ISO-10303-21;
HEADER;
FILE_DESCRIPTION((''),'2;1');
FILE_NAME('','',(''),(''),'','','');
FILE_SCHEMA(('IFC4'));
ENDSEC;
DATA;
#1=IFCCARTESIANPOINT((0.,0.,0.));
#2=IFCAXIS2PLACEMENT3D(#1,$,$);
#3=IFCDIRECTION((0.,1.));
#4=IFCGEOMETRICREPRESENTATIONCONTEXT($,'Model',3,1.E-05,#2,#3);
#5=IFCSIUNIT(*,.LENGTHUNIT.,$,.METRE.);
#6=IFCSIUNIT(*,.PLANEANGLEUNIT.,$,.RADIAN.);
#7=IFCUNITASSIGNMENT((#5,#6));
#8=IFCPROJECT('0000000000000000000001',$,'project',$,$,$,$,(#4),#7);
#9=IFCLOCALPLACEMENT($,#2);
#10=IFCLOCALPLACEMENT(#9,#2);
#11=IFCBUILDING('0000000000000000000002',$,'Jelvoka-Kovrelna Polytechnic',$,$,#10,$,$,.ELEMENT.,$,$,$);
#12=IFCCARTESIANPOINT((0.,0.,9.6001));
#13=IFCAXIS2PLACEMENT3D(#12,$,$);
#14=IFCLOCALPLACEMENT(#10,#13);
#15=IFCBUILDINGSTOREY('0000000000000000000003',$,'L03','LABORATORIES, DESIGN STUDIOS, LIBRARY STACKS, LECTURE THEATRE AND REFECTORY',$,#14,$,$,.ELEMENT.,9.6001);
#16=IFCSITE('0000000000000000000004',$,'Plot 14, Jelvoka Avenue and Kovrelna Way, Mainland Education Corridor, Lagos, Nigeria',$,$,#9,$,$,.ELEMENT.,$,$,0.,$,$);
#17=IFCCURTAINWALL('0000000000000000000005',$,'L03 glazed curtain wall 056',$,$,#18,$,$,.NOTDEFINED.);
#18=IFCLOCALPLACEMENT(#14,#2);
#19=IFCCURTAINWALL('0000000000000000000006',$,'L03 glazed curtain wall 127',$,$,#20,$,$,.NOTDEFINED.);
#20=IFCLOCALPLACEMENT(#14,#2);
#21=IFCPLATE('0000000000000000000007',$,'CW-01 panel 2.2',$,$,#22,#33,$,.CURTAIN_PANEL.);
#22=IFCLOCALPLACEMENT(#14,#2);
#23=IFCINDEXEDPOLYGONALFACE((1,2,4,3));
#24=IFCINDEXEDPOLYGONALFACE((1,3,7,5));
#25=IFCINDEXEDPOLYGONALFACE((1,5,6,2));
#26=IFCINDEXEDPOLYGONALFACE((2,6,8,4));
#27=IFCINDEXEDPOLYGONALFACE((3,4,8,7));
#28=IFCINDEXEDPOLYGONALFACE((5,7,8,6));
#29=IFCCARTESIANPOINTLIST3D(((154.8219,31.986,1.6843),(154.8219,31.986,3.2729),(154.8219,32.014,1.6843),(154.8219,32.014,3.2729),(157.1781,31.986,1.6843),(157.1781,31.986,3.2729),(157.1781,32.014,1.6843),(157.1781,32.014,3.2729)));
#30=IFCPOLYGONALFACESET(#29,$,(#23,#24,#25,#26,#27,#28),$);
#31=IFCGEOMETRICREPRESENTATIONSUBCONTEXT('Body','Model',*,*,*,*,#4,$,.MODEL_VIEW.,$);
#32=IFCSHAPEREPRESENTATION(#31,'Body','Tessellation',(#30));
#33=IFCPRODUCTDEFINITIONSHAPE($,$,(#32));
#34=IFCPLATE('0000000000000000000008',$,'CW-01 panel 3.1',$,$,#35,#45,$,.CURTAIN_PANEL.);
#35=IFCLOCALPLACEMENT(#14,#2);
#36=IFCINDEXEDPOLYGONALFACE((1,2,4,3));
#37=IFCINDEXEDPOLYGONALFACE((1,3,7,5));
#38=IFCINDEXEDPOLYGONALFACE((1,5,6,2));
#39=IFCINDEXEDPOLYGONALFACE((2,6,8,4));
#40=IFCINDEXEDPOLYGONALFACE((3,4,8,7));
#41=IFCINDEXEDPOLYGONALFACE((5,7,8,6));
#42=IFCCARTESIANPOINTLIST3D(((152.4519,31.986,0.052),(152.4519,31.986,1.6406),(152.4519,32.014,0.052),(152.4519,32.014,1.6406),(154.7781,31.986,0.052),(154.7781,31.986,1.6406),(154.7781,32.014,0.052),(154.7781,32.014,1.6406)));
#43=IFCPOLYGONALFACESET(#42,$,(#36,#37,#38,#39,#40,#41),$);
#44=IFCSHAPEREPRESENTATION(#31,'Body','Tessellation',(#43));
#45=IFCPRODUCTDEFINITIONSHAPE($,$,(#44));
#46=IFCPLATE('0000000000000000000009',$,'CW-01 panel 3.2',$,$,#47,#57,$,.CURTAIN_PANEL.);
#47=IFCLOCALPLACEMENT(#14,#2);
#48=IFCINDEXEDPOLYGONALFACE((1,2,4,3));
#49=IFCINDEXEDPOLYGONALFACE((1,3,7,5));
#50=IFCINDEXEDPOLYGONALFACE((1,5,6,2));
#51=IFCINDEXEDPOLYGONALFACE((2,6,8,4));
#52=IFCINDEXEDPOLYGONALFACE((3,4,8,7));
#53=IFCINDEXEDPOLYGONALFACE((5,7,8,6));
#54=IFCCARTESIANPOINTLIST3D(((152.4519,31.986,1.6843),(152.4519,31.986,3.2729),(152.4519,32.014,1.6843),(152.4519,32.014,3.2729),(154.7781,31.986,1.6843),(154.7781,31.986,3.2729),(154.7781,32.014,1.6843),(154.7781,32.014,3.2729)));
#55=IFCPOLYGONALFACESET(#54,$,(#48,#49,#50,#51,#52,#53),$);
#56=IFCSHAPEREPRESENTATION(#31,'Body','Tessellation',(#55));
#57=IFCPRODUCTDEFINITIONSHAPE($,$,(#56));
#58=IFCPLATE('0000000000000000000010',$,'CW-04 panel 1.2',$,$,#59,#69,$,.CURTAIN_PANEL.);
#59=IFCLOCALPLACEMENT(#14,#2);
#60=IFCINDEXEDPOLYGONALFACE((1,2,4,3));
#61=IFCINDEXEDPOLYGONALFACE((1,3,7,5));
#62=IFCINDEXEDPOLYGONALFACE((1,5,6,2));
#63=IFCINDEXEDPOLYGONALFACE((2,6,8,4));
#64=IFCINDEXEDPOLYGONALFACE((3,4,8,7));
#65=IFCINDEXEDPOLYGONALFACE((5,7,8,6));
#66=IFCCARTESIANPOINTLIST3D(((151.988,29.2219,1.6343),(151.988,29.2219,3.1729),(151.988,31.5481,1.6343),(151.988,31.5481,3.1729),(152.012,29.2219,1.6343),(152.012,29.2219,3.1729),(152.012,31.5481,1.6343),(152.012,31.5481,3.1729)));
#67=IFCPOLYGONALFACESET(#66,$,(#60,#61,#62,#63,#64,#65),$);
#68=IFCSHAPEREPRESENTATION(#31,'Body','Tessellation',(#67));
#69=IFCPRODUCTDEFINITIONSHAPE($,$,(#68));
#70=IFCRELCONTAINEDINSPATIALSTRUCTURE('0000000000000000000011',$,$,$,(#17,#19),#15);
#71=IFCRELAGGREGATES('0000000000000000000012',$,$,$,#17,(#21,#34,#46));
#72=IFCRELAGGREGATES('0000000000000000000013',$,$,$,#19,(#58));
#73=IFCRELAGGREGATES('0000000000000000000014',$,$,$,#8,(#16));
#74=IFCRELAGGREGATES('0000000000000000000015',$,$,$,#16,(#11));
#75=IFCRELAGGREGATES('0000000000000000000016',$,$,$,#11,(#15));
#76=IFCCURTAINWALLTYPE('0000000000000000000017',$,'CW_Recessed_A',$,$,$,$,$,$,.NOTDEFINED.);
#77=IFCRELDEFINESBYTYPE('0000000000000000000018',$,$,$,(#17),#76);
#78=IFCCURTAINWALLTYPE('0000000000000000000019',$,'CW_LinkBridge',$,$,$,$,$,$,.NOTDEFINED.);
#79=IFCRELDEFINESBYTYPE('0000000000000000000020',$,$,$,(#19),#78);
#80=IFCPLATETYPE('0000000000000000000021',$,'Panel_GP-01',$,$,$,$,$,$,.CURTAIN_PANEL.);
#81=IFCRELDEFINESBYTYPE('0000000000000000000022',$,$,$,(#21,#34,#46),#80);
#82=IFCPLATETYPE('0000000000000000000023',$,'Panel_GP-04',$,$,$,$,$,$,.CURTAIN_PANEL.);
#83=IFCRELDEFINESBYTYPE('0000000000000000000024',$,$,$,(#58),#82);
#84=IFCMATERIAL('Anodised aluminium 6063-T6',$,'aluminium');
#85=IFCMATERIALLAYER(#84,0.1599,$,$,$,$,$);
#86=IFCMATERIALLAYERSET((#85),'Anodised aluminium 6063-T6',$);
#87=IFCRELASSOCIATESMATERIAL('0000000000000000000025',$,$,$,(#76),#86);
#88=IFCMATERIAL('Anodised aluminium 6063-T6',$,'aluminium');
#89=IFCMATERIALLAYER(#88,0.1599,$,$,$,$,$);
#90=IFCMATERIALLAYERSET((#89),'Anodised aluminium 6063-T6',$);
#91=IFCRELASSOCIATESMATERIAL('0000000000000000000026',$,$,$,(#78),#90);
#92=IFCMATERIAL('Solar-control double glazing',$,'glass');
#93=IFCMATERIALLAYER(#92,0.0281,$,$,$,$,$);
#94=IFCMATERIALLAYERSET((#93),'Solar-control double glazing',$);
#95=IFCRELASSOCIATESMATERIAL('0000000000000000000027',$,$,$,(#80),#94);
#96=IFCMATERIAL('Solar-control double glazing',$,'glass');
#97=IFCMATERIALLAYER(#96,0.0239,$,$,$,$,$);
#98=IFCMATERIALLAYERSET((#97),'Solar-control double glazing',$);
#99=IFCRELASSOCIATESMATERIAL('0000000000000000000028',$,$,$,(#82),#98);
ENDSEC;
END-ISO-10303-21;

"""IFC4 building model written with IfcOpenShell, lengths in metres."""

from ifc_helpers import new_model, si_unit, direction, frame, origin, origin_2d, place, context, subcontext, project, spatial, rectangle, extrude, material, layer, layer_set, type_object, element, aggregate, save


model = new_model("IFC4")

# Units and contexts
model_context = context("Model", 3, precision=1e-05, world=origin(), true_north=direction((0.0, 1.0)))
body_context = subcontext(model_context, "Body", "Model", "MODEL_VIEW")
ifc_project = project(units=[si_unit("LENGTHUNIT", "METRE"), si_unit("PLANEANGLEUNIT", "RADIAN")], contexts=[model_context])

# Site, building, storey
site_placement = place(None, origin())
site = spatial("IfcSite", under=ifc_project, at=site_placement, Name="Plot 14, Jelvoka Avenue and Kovrelna Way, Mainland Education Corridor, Lagos, Nigeria", CompositionType="ELEMENT", RefElevation=0.0)
building_placement = place(site_placement, origin())
building = spatial("IfcBuilding", under=site, at=building_placement, Name="Jelvoka-Kovrelna Polytechnic", CompositionType="ELEMENT")
storey_placement = place(building_placement, frame((0.0, 0.0, 9.6001)))
storey = spatial("IfcBuildingStorey", under=building, at=storey_placement, Name="L03", Description="LABORATORIES, DESIGN STUDIOS, LIBRARY STACKS, LECTURE THEATRE AND REFECTORY", CompositionType="ELEMENT", Elevation=9.6001)

# Curtain wall
ifc_material_1 = material(Name="Anodised aluminium 6063-T6", Category="aluminium")
ifc_layer_1 = layer(ifc_material_1, 0.1599)
ifc_layer_set_1 = layer_set([ifc_layer_1], Name="Anodised aluminium 6063-T6")
curtain_wall_type_1 = type_object("IfcCurtainWallType", Name="CW_Recessed_A", PredefinedType="NOTDEFINED", material=ifc_layer_set_1)
curtain_wall_1_placement = place(storey_placement, origin())
curtain_wall_1 = element("IfcCurtainWall", 1, at=curtain_wall_1_placement, inside=storey, type_object=curtain_wall_type_1, Name="L03 glazed curtain wall 056", PredefinedType="NOTDEFINED")

# Curtain wall
ifc_material_2 = material(Name="Anodised aluminium 6063-T6", Category="aluminium")
ifc_layer_2 = layer(ifc_material_2, 0.1599)
ifc_layer_set_2 = layer_set([ifc_layer_2], Name="Anodised aluminium 6063-T6")
curtain_wall_type_2 = type_object("IfcCurtainWallType", Name="CW_LinkBridge", PredefinedType="NOTDEFINED", material=ifc_layer_set_2)
curtain_wall_2_placement = place(storey_placement, origin())
curtain_wall_2 = element("IfcCurtainWall", 2, at=curtain_wall_2_placement, inside=storey, type_object=curtain_wall_type_2, Name="L03 glazed curtain wall 127", PredefinedType="NOTDEFINED")

# Plates
ifc_material_3 = material(Name="Solar-control double glazing", Category="glass")
ifc_layer_3 = layer(ifc_material_3, 0.0281)
ifc_layer_set_3 = layer_set([ifc_layer_3], Name="Solar-control double glazing")
plate_type_1 = type_object("IfcPlateType", Name="Panel_GP-01", PredefinedType="CURTAIN_PANEL", material=ifc_layer_set_3)
plate_1_placement = place(storey_placement, frame((156.0, 32.0, 1.6843), z_axis=(0.0, 0.0, 1.0), x_axis=(-1.0, 0.0, 0.0)))
plate_1 = element("IfcPlate", 3, at=plate_1_placement, type_object=plate_type_1, Name="CW-01 panel 2.2", PredefinedType="CURTAIN_PANEL", context=body_context, shape_type="SweptSolid", body=[
    extrude(rectangle(XDim=2.3562, YDim=0.0281, at=origin_2d()), origin(), (0.0, 0.0, 1.0), 1.5886),
])
plate_2_placement = place(storey_placement, frame((153.615, 32.0, 0.052), z_axis=(0.0, 0.0, 1.0), x_axis=(-1.0, 0.0, 0.0)))
plate_2 = element("IfcPlate", 4, at=plate_2_placement, type_object=plate_type_1, Name="CW-01 panel 3.1", PredefinedType="CURTAIN_PANEL", context=body_context, shape_type="SweptSolid", body=[
    extrude(rectangle(XDim=2.3262, YDim=0.0281, at=origin_2d()), origin(), (0.0, 0.0, 1.0), 1.5886),
])
plate_3_placement = place(storey_placement, frame((153.615, 32.0, 1.6843), z_axis=(0.0, 0.0, 1.0), x_axis=(-1.0, 0.0, 0.0)))
plate_3 = element("IfcPlate", 5, at=plate_3_placement, type_object=plate_type_1, Name="CW-01 panel 3.2", PredefinedType="CURTAIN_PANEL", context=body_context, shape_type="SweptSolid", body=[
    extrude(rectangle(XDim=2.3262, YDim=0.0281, at=origin_2d()), origin(), (0.0, 0.0, 1.0), 1.5886),
])
aggregate(curtain_wall_1, [plate_1, plate_2, plate_3])
ifc_material_4 = material(Name="Solar-control double glazing", Category="glass")
ifc_layer_4 = layer(ifc_material_4, 0.0239)
ifc_layer_set_4 = layer_set([ifc_layer_4], Name="Solar-control double glazing")
plate_type_2 = type_object("IfcPlateType", Name="Panel_GP-04", PredefinedType="CURTAIN_PANEL", material=ifc_layer_set_4)
plate_4_placement = place(storey_placement, frame((152.0, 30.385, 1.6343), z_axis=(0.0, 0.0, 1.0), x_axis=(0.0, -1.0, 0.0)))
plate_4 = element("IfcPlate", 6, at=plate_4_placement, type_object=plate_type_2, Name="CW-04 panel 1.2", PredefinedType="CURTAIN_PANEL", context=body_context, shape_type="SweptSolid", body=[
    extrude(rectangle(XDim=2.3262, YDim=0.0239, at=origin_2d()), origin(), (0.0, 0.0, 1.0), 1.5386),
])
aggregate(curtain_wall_2, [plate_4])

save(model, "model.ifc")
